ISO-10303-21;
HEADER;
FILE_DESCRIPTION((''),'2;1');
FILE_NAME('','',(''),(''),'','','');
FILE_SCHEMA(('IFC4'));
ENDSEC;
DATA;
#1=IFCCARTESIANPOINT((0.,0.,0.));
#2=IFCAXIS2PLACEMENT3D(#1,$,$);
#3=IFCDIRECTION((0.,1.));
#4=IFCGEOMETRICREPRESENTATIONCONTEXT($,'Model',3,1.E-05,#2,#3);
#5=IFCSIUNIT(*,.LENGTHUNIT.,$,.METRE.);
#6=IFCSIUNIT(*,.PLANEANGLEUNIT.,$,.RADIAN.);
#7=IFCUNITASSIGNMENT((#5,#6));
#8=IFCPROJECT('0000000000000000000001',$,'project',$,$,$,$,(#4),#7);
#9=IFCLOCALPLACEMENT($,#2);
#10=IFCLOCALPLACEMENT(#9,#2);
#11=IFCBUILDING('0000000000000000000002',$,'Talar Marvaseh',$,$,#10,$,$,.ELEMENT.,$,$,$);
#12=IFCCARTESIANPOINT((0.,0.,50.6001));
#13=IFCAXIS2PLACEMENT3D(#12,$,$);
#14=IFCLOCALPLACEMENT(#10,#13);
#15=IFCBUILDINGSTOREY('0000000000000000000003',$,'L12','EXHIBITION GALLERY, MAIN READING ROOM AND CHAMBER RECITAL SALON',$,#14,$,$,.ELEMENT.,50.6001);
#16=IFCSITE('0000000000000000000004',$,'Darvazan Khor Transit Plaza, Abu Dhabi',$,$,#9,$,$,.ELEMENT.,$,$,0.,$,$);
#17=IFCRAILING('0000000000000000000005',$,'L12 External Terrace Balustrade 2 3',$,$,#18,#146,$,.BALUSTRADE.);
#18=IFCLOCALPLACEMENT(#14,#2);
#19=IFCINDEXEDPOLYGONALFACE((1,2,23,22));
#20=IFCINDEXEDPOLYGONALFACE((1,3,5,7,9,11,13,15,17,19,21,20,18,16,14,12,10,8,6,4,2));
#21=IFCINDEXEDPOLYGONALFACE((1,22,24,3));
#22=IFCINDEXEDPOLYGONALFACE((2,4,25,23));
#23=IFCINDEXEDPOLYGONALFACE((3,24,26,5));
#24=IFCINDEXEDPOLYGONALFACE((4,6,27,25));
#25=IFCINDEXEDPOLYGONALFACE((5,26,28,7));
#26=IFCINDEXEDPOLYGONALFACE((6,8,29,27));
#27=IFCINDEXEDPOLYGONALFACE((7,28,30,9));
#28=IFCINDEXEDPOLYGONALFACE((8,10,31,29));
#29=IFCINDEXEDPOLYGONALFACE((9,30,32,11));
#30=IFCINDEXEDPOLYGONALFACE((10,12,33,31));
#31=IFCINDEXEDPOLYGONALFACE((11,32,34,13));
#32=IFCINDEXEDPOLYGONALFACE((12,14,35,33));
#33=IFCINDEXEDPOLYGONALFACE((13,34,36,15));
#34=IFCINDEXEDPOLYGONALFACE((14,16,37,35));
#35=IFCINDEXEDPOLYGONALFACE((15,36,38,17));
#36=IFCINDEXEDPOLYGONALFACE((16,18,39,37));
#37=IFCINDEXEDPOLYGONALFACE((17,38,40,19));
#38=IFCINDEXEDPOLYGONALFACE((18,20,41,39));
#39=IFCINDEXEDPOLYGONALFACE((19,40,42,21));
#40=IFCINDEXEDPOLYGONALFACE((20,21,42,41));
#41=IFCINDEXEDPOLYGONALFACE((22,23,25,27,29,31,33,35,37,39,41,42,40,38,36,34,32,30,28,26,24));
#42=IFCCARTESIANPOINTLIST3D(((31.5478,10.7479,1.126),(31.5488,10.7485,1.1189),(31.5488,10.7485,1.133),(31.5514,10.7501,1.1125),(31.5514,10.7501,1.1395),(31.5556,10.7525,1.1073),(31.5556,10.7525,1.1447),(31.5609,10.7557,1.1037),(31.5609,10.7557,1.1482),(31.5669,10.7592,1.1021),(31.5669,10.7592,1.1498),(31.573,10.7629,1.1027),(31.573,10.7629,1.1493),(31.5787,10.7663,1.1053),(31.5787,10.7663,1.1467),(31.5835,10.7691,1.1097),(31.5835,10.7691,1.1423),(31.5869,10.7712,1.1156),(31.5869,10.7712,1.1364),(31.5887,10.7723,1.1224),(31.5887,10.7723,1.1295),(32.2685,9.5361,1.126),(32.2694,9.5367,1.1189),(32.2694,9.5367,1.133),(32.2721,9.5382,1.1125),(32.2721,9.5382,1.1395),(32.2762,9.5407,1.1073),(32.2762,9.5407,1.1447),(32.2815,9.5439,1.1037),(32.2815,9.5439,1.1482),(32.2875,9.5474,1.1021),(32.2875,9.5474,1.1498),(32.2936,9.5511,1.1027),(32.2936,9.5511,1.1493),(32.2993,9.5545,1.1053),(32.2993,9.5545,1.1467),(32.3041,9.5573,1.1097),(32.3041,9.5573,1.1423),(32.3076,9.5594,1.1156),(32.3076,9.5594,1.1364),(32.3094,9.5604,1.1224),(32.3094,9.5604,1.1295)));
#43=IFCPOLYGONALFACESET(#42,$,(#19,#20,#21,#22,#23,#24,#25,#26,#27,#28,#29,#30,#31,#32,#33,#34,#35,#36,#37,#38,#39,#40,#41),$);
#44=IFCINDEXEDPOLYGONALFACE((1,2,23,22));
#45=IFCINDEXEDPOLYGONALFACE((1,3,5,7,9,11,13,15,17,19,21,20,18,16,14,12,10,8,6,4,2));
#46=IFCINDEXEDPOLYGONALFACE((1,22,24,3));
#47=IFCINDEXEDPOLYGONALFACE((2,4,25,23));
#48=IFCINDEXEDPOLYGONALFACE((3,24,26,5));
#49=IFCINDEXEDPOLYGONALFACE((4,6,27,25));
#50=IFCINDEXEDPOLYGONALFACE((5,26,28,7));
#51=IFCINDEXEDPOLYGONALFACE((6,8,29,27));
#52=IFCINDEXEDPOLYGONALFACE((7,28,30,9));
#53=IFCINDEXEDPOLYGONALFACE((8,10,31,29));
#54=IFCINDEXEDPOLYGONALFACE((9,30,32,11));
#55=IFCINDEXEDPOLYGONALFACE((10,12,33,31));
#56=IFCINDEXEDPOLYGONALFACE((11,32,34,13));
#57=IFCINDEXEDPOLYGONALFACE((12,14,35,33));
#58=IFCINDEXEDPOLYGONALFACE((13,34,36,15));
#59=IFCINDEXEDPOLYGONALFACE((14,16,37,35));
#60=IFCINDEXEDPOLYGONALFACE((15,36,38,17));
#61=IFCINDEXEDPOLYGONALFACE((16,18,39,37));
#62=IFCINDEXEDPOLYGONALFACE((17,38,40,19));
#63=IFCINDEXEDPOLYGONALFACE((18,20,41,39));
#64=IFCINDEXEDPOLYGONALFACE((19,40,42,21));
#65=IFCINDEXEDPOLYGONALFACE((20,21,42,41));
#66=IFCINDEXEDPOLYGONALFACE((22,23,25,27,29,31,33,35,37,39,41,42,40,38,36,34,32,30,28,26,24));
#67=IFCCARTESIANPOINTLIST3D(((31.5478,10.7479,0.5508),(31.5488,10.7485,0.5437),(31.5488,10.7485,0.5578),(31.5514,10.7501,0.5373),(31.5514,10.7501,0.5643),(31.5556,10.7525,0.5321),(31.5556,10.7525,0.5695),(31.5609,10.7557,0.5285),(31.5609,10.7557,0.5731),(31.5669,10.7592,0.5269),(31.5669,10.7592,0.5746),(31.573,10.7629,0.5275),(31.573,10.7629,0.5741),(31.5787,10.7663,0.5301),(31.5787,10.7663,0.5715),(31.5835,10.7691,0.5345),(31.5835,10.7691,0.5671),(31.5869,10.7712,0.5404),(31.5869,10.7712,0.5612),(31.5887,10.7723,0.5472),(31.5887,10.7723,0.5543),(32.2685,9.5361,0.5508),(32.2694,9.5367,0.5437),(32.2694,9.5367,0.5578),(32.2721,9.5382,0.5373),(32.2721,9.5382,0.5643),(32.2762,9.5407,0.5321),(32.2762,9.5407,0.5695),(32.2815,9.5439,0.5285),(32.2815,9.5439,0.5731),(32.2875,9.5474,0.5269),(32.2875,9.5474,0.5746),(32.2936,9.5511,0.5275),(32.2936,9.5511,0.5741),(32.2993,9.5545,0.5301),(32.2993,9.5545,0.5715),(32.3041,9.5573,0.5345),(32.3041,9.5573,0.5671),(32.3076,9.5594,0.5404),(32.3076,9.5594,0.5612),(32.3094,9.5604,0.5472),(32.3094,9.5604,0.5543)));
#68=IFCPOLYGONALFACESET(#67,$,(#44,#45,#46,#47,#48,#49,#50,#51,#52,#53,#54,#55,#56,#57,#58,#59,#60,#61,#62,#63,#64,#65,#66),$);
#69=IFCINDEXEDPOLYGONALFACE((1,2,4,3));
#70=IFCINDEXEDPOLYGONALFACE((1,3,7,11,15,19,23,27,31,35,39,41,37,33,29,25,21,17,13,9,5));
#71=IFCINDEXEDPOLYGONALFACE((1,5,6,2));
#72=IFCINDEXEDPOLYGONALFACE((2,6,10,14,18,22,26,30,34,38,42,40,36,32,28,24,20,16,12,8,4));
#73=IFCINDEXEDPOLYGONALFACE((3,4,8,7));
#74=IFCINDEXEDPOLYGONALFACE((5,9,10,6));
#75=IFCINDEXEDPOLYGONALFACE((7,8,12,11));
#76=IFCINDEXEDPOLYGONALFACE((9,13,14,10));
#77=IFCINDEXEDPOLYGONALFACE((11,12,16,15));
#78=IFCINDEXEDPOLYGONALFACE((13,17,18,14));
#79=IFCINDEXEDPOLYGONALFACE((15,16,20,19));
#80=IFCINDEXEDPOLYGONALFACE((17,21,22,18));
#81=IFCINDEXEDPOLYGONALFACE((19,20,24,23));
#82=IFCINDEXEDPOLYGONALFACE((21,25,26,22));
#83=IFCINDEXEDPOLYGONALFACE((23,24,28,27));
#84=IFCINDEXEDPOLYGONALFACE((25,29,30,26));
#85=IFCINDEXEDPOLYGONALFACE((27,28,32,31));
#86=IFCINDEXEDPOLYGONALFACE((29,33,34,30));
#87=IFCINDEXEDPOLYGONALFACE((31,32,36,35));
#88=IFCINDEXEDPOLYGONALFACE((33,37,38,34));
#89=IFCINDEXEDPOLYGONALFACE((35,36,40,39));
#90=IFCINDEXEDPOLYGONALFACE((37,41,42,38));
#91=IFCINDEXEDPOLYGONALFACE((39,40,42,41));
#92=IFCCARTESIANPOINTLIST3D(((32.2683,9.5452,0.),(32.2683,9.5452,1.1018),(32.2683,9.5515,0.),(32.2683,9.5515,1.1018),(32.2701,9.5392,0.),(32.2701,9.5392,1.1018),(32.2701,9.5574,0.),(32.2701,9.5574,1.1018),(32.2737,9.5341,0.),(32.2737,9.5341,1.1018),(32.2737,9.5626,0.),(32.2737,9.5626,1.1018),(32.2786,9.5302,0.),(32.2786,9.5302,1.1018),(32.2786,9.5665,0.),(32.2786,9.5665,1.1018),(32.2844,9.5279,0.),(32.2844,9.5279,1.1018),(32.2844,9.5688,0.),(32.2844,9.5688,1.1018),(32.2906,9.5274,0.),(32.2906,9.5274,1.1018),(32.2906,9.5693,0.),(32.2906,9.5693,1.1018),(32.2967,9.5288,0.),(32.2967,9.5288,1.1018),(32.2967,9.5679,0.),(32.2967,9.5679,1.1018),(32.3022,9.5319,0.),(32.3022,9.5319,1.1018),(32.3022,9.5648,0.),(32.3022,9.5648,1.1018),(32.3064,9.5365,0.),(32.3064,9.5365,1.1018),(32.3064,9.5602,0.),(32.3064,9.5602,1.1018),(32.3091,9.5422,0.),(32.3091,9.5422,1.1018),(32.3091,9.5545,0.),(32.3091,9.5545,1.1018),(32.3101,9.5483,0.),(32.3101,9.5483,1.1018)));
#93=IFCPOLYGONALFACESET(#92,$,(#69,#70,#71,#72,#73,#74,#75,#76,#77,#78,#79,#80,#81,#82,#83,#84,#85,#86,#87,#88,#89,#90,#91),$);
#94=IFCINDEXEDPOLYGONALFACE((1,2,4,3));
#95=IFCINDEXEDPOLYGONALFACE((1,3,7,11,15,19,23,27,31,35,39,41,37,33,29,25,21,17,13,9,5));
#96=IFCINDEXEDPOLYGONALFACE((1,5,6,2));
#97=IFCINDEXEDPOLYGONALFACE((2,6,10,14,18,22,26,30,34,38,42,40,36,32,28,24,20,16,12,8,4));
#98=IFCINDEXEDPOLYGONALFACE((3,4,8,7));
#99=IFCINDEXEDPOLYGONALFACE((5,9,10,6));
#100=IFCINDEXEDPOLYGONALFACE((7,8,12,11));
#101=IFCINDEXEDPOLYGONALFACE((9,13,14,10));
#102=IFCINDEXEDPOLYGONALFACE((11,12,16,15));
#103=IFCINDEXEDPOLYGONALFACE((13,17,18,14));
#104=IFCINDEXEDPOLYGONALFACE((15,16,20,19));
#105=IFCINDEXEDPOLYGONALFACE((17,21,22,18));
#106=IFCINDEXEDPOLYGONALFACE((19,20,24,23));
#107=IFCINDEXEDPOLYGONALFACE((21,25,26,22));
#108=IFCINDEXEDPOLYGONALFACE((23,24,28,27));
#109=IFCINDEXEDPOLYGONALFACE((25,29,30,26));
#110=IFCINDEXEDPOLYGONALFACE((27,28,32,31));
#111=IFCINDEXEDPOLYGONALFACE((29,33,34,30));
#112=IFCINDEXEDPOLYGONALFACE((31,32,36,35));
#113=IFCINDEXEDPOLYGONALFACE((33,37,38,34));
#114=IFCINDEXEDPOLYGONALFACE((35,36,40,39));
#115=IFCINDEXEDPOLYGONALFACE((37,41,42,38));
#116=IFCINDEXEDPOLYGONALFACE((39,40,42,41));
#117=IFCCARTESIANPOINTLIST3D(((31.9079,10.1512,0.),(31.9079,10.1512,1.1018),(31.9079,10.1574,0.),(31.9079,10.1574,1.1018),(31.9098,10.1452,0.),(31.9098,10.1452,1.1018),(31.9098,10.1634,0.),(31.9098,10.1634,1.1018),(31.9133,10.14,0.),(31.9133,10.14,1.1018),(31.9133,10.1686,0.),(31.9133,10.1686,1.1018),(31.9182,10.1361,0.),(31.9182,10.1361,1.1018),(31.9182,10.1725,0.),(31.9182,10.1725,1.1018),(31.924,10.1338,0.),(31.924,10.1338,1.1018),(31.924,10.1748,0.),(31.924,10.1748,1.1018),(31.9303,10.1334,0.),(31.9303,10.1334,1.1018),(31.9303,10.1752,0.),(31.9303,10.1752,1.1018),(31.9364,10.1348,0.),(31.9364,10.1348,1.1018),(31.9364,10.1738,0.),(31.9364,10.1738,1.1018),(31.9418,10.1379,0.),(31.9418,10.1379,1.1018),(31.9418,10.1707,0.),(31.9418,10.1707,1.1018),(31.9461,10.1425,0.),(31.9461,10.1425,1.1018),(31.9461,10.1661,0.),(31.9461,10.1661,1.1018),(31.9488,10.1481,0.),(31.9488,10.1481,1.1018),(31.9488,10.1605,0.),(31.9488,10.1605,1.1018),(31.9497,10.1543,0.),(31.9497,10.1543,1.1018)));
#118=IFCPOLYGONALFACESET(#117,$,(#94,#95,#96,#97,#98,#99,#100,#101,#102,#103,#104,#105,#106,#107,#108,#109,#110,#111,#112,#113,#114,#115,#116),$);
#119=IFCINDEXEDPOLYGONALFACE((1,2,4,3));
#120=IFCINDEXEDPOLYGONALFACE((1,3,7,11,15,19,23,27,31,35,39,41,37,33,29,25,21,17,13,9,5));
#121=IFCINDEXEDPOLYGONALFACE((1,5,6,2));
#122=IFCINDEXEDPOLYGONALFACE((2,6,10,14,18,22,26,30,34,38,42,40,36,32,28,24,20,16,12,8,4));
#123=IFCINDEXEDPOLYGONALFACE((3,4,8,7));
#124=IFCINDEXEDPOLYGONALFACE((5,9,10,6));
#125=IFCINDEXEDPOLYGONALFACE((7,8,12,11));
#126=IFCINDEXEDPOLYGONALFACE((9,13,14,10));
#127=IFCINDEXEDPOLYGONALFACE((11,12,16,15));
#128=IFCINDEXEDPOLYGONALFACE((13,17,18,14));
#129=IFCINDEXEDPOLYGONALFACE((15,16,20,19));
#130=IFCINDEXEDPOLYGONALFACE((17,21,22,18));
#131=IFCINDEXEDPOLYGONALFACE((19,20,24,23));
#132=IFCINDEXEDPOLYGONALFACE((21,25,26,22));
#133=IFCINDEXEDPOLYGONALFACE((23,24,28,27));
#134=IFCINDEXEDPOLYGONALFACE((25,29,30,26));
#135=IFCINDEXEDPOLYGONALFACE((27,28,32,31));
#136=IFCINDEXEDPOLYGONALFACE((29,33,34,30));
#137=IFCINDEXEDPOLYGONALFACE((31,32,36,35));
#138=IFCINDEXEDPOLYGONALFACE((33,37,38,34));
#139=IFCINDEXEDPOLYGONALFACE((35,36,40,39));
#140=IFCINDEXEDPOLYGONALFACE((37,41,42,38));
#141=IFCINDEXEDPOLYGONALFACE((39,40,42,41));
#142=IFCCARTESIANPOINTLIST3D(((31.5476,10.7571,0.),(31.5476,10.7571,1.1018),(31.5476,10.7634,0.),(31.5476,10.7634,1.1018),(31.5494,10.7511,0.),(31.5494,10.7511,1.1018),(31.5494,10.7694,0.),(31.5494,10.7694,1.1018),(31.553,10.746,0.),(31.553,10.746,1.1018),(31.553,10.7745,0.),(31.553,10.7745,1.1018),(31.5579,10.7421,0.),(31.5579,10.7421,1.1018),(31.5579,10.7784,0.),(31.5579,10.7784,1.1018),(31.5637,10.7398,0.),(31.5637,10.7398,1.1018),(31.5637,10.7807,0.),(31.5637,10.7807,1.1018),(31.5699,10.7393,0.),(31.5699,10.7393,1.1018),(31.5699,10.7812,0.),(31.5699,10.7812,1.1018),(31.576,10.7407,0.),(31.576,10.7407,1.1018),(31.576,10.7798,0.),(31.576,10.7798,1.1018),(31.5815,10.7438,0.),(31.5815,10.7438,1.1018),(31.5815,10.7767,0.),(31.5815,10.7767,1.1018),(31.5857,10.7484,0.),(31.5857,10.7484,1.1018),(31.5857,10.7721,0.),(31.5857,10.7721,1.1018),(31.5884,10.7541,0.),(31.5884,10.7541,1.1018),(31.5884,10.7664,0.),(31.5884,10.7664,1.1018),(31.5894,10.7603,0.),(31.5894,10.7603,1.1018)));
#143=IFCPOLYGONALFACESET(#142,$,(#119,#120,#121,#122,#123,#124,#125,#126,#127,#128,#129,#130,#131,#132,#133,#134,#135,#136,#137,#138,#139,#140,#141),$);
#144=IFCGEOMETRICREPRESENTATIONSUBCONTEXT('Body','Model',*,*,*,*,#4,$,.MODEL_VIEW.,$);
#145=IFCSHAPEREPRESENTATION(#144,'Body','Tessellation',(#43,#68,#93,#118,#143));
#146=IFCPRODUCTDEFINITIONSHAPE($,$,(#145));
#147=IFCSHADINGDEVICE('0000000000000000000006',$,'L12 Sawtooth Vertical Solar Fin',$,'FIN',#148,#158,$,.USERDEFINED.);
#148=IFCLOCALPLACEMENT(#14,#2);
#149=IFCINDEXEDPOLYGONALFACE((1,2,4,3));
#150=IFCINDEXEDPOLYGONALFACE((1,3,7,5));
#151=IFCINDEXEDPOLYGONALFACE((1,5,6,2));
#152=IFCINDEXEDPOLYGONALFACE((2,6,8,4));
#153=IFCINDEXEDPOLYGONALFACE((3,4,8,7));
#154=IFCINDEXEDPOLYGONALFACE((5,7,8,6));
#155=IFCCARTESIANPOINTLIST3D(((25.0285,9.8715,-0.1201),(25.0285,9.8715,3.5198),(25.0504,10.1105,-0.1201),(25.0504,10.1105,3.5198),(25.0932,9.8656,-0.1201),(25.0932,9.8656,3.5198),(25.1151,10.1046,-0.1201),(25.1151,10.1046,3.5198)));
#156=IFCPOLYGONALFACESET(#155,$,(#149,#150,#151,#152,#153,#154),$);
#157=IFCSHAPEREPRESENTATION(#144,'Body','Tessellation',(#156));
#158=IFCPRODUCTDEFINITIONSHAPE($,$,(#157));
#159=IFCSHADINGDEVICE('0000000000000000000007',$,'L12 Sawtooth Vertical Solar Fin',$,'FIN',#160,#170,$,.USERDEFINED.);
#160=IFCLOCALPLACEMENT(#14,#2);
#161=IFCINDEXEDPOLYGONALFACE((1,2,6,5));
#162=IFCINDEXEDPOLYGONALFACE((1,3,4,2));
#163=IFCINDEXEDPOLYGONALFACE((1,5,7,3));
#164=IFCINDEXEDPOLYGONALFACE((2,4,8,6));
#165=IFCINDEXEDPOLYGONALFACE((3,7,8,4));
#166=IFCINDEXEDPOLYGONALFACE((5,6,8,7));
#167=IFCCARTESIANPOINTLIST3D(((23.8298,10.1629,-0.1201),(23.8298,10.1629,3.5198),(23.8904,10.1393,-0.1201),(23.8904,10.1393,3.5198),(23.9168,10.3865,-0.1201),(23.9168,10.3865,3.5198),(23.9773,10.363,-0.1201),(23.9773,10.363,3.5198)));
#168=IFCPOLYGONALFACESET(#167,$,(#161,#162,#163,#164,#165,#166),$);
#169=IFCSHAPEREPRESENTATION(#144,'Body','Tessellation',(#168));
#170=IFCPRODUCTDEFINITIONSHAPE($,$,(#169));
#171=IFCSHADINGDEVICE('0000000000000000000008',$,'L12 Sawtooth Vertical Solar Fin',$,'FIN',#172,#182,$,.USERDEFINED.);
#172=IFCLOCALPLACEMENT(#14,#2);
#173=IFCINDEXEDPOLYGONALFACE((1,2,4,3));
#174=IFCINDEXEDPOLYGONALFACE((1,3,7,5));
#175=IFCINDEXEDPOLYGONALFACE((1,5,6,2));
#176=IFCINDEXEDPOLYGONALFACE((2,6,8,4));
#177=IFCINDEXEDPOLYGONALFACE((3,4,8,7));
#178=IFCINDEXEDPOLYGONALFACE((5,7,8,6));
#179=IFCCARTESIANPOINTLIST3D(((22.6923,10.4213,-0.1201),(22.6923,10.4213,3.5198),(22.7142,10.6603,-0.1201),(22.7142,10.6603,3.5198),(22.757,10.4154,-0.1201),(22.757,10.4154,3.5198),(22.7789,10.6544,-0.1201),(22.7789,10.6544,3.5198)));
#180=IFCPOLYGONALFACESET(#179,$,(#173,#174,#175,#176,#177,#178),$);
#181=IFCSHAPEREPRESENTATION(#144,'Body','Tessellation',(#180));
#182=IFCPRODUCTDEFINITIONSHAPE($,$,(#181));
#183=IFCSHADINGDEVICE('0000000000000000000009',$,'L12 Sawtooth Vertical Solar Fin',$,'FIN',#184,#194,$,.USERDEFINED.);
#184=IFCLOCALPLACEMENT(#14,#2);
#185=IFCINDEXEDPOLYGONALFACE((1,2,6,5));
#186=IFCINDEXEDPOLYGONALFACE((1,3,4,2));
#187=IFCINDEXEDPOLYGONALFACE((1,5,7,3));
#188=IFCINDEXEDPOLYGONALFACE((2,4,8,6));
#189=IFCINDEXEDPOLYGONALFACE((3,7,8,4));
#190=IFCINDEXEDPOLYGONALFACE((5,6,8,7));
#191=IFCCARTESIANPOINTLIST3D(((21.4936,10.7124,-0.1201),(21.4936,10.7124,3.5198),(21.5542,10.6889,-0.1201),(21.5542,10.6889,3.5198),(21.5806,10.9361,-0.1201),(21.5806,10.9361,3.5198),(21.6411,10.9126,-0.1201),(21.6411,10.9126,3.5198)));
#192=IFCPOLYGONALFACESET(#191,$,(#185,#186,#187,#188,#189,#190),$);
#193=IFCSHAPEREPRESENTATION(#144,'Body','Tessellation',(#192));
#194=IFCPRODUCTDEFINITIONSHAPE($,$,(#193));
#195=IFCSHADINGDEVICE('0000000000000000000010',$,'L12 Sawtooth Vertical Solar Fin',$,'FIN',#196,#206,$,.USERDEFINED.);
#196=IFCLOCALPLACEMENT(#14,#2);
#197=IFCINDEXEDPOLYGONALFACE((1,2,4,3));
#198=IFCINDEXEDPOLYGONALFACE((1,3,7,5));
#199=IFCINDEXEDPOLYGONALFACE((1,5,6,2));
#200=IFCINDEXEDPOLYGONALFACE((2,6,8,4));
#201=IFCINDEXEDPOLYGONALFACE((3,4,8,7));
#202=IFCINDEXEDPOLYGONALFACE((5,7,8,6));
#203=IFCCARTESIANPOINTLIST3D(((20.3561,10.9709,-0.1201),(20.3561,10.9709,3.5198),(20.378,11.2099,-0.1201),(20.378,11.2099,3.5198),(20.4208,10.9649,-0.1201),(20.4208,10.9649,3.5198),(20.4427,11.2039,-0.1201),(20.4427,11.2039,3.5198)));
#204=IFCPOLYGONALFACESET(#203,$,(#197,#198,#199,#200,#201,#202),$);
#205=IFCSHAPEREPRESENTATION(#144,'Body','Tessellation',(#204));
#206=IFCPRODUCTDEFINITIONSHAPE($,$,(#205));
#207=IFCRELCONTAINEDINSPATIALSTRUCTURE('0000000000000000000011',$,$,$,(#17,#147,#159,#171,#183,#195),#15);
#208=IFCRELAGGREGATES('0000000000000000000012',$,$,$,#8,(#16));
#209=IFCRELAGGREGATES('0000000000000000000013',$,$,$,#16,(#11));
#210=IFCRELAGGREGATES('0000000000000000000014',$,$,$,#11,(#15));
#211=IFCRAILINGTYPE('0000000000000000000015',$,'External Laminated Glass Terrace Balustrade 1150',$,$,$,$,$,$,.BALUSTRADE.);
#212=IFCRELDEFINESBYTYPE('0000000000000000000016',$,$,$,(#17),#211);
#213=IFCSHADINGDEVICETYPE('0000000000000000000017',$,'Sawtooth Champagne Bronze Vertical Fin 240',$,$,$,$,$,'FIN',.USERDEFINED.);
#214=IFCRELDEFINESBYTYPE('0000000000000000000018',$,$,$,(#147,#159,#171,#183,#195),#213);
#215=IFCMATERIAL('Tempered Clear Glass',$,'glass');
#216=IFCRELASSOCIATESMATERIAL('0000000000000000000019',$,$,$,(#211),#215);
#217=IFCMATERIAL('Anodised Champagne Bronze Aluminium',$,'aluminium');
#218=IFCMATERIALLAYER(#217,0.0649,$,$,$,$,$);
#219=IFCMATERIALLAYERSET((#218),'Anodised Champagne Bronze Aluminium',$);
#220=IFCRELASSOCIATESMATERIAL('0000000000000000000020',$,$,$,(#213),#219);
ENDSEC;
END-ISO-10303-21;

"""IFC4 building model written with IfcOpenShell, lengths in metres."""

from ifc_helpers import new_model, si_unit, direction, frame, origin, origin_2d, place, context, subcontext, project, spatial, rectangle, circle, extrude, source, transform, mapped, material, layer, layer_set, type_object, type_shapes, element, save


model = new_model("IFC4")

# Units and contexts
model_context = context("Model", 3, precision=1e-05, world=origin(), true_north=direction((0.0, 1.0)))
body_context = subcontext(model_context, "Body", "Model", "MODEL_VIEW")
ifc_project = project(units=[si_unit("LENGTHUNIT", "METRE"), si_unit("PLANEANGLEUNIT", "RADIAN")], contexts=[model_context])

# Site, building, storey
site_placement = place(None, origin())
site = spatial("IfcSite", under=ifc_project, at=site_placement, Name="Darvazan Khor Transit Plaza, Abu Dhabi", CompositionType="ELEMENT", RefElevation=0.0)
building_placement = place(site_placement, origin())
building = spatial("IfcBuilding", under=site, at=building_placement, Name="Talar Marvaseh", CompositionType="ELEMENT")
storey_placement = place(building_placement, frame((0.0, 0.0, 50.6001)))
storey = spatial("IfcBuildingStorey", under=building, at=storey_placement, Name="L12", Description="EXHIBITION GALLERY, MAIN READING ROOM AND CHAMBER RECITAL SALON", CompositionType="ELEMENT", Elevation=50.6001)

# Railing
ifc_material_1 = material(Name="Tempered Clear Glass", Category="glass")
railing_type = type_object("IfcRailingType", Name="External Laminated Glass Terrace Balustrade 1150", PredefinedType="BALUSTRADE", material=ifc_material_1)
railing_placement = place(storey_placement, frame((32.2891, 9.5483, 0.0)))
element("IfcRailing", 1, at=railing_placement, inside=storey, type_object=railing_type, Name="L12 External Terrace Balustrade 2 3", PredefinedType="BALUSTRADE", context=body_context, shape_type="SweptSolid", body=[
    extrude(circle(Radius=0.0239, at=origin_2d()), frame((0.0, 0.0, 1.126), z_axis=(-0.511131, 0.859503, 0.0), x_axis=(-0.859503, -0.511131, 0.0)), (0.0, 0.0, 1.0), 1.4099),
    extrude(circle(Radius=0.0239, at=origin_2d()), frame((0.0, 0.0, 0.5508), z_axis=(-0.511131, 0.859503, 0.0), x_axis=(-0.859503, -0.511131, 0.0)), (0.0, 0.0, 1.0), 1.4099),
    extrude(circle(Radius=0.021, at=origin_2d()), origin(), (0.0, 0.0, 1.0), 1.1018),
    extrude(circle(Radius=0.021, at=origin_2d()), frame((-0.3604, 0.606, 0.0)), (0.0, 0.0, 1.0), 1.1018),
    extrude(circle(Radius=0.021, at=origin_2d()), frame((-0.7207, 1.2119, 0.0)), (0.0, 0.0, 1.0), 1.1018),
])

# Shading devices
ifc_material_2 = material(Name="Anodised Champagne Bronze Aluminium", Category="aluminium")
ifc_layer_1 = layer(ifc_material_2, 0.0649)
ifc_layer_set_1 = layer_set([ifc_layer_1], Name="Anodised Champagne Bronze Aluminium")
shading_device_type = type_object("IfcShadingDeviceType", Name="Sawtooth Champagne Bronze Vertical Fin 240", ElementType="FIN", PredefinedType="USERDEFINED", material=ifc_layer_set_1)
shared_shape_1 = source(origin(), body_context, "Body", "SweptSolid", [
    extrude(rectangle(XDim=0.24, YDim=0.0649, at=origin_2d()), origin(), (0.0, 0.0, 1.0), 3.6399),
])
type_shapes(shading_device_type, [shared_shape_1])
for number, where, z_axis, x_axis, name in (
    (2, (25.0718, 9.988, -0.1201), (0.0, 0.0, 1.0), (-0.091328, -0.995821, 0.0), "L12 Sawtooth Vertical Solar Fin"),
    (3, (23.9036, 10.2629, -0.1201), (0.0, 0.0, 1.0), (-0.362275, -0.932071, 0.0), "L12 Sawtooth Vertical Solar Fin"),
    (4, (22.7356, 10.5378, -0.1201), (0.0, 0.0, 1.0), (-0.091328, -0.995821, 0.0), "L12 Sawtooth Vertical Solar Fin"),
    (5, (21.5674, 10.8125, -0.1201), (0.0, 0.0, 1.0), (-0.362275, -0.932071, 0.0), "L12 Sawtooth Vertical Solar Fin"),
    (6, (20.3994, 11.0874, -0.1201), (0.0, 0.0, 1.0), (-0.091328, -0.995821, 0.0), "L12 Sawtooth Vertical Solar Fin"),
):
    element("IfcShadingDevice", number, at=place(storey_placement, frame(where, z_axis=z_axis, x_axis=x_axis)), inside=storey, type_object=shading_device_type, Name=name, ObjectType="FIN", PredefinedType="USERDEFINED", context=body_context, shape_type="MappedRepresentation", body=[
        mapped(shared_shape_1, transform((0.0, 0.0, 0.0), x_axis=(1.0, 0.0, 0.0), y_axis=(0.0, 1.0, 0.0), z_axis=(0.0, 0.0, 1.0), scale=1.0)),
    ])

save(model, "model.ifc")
